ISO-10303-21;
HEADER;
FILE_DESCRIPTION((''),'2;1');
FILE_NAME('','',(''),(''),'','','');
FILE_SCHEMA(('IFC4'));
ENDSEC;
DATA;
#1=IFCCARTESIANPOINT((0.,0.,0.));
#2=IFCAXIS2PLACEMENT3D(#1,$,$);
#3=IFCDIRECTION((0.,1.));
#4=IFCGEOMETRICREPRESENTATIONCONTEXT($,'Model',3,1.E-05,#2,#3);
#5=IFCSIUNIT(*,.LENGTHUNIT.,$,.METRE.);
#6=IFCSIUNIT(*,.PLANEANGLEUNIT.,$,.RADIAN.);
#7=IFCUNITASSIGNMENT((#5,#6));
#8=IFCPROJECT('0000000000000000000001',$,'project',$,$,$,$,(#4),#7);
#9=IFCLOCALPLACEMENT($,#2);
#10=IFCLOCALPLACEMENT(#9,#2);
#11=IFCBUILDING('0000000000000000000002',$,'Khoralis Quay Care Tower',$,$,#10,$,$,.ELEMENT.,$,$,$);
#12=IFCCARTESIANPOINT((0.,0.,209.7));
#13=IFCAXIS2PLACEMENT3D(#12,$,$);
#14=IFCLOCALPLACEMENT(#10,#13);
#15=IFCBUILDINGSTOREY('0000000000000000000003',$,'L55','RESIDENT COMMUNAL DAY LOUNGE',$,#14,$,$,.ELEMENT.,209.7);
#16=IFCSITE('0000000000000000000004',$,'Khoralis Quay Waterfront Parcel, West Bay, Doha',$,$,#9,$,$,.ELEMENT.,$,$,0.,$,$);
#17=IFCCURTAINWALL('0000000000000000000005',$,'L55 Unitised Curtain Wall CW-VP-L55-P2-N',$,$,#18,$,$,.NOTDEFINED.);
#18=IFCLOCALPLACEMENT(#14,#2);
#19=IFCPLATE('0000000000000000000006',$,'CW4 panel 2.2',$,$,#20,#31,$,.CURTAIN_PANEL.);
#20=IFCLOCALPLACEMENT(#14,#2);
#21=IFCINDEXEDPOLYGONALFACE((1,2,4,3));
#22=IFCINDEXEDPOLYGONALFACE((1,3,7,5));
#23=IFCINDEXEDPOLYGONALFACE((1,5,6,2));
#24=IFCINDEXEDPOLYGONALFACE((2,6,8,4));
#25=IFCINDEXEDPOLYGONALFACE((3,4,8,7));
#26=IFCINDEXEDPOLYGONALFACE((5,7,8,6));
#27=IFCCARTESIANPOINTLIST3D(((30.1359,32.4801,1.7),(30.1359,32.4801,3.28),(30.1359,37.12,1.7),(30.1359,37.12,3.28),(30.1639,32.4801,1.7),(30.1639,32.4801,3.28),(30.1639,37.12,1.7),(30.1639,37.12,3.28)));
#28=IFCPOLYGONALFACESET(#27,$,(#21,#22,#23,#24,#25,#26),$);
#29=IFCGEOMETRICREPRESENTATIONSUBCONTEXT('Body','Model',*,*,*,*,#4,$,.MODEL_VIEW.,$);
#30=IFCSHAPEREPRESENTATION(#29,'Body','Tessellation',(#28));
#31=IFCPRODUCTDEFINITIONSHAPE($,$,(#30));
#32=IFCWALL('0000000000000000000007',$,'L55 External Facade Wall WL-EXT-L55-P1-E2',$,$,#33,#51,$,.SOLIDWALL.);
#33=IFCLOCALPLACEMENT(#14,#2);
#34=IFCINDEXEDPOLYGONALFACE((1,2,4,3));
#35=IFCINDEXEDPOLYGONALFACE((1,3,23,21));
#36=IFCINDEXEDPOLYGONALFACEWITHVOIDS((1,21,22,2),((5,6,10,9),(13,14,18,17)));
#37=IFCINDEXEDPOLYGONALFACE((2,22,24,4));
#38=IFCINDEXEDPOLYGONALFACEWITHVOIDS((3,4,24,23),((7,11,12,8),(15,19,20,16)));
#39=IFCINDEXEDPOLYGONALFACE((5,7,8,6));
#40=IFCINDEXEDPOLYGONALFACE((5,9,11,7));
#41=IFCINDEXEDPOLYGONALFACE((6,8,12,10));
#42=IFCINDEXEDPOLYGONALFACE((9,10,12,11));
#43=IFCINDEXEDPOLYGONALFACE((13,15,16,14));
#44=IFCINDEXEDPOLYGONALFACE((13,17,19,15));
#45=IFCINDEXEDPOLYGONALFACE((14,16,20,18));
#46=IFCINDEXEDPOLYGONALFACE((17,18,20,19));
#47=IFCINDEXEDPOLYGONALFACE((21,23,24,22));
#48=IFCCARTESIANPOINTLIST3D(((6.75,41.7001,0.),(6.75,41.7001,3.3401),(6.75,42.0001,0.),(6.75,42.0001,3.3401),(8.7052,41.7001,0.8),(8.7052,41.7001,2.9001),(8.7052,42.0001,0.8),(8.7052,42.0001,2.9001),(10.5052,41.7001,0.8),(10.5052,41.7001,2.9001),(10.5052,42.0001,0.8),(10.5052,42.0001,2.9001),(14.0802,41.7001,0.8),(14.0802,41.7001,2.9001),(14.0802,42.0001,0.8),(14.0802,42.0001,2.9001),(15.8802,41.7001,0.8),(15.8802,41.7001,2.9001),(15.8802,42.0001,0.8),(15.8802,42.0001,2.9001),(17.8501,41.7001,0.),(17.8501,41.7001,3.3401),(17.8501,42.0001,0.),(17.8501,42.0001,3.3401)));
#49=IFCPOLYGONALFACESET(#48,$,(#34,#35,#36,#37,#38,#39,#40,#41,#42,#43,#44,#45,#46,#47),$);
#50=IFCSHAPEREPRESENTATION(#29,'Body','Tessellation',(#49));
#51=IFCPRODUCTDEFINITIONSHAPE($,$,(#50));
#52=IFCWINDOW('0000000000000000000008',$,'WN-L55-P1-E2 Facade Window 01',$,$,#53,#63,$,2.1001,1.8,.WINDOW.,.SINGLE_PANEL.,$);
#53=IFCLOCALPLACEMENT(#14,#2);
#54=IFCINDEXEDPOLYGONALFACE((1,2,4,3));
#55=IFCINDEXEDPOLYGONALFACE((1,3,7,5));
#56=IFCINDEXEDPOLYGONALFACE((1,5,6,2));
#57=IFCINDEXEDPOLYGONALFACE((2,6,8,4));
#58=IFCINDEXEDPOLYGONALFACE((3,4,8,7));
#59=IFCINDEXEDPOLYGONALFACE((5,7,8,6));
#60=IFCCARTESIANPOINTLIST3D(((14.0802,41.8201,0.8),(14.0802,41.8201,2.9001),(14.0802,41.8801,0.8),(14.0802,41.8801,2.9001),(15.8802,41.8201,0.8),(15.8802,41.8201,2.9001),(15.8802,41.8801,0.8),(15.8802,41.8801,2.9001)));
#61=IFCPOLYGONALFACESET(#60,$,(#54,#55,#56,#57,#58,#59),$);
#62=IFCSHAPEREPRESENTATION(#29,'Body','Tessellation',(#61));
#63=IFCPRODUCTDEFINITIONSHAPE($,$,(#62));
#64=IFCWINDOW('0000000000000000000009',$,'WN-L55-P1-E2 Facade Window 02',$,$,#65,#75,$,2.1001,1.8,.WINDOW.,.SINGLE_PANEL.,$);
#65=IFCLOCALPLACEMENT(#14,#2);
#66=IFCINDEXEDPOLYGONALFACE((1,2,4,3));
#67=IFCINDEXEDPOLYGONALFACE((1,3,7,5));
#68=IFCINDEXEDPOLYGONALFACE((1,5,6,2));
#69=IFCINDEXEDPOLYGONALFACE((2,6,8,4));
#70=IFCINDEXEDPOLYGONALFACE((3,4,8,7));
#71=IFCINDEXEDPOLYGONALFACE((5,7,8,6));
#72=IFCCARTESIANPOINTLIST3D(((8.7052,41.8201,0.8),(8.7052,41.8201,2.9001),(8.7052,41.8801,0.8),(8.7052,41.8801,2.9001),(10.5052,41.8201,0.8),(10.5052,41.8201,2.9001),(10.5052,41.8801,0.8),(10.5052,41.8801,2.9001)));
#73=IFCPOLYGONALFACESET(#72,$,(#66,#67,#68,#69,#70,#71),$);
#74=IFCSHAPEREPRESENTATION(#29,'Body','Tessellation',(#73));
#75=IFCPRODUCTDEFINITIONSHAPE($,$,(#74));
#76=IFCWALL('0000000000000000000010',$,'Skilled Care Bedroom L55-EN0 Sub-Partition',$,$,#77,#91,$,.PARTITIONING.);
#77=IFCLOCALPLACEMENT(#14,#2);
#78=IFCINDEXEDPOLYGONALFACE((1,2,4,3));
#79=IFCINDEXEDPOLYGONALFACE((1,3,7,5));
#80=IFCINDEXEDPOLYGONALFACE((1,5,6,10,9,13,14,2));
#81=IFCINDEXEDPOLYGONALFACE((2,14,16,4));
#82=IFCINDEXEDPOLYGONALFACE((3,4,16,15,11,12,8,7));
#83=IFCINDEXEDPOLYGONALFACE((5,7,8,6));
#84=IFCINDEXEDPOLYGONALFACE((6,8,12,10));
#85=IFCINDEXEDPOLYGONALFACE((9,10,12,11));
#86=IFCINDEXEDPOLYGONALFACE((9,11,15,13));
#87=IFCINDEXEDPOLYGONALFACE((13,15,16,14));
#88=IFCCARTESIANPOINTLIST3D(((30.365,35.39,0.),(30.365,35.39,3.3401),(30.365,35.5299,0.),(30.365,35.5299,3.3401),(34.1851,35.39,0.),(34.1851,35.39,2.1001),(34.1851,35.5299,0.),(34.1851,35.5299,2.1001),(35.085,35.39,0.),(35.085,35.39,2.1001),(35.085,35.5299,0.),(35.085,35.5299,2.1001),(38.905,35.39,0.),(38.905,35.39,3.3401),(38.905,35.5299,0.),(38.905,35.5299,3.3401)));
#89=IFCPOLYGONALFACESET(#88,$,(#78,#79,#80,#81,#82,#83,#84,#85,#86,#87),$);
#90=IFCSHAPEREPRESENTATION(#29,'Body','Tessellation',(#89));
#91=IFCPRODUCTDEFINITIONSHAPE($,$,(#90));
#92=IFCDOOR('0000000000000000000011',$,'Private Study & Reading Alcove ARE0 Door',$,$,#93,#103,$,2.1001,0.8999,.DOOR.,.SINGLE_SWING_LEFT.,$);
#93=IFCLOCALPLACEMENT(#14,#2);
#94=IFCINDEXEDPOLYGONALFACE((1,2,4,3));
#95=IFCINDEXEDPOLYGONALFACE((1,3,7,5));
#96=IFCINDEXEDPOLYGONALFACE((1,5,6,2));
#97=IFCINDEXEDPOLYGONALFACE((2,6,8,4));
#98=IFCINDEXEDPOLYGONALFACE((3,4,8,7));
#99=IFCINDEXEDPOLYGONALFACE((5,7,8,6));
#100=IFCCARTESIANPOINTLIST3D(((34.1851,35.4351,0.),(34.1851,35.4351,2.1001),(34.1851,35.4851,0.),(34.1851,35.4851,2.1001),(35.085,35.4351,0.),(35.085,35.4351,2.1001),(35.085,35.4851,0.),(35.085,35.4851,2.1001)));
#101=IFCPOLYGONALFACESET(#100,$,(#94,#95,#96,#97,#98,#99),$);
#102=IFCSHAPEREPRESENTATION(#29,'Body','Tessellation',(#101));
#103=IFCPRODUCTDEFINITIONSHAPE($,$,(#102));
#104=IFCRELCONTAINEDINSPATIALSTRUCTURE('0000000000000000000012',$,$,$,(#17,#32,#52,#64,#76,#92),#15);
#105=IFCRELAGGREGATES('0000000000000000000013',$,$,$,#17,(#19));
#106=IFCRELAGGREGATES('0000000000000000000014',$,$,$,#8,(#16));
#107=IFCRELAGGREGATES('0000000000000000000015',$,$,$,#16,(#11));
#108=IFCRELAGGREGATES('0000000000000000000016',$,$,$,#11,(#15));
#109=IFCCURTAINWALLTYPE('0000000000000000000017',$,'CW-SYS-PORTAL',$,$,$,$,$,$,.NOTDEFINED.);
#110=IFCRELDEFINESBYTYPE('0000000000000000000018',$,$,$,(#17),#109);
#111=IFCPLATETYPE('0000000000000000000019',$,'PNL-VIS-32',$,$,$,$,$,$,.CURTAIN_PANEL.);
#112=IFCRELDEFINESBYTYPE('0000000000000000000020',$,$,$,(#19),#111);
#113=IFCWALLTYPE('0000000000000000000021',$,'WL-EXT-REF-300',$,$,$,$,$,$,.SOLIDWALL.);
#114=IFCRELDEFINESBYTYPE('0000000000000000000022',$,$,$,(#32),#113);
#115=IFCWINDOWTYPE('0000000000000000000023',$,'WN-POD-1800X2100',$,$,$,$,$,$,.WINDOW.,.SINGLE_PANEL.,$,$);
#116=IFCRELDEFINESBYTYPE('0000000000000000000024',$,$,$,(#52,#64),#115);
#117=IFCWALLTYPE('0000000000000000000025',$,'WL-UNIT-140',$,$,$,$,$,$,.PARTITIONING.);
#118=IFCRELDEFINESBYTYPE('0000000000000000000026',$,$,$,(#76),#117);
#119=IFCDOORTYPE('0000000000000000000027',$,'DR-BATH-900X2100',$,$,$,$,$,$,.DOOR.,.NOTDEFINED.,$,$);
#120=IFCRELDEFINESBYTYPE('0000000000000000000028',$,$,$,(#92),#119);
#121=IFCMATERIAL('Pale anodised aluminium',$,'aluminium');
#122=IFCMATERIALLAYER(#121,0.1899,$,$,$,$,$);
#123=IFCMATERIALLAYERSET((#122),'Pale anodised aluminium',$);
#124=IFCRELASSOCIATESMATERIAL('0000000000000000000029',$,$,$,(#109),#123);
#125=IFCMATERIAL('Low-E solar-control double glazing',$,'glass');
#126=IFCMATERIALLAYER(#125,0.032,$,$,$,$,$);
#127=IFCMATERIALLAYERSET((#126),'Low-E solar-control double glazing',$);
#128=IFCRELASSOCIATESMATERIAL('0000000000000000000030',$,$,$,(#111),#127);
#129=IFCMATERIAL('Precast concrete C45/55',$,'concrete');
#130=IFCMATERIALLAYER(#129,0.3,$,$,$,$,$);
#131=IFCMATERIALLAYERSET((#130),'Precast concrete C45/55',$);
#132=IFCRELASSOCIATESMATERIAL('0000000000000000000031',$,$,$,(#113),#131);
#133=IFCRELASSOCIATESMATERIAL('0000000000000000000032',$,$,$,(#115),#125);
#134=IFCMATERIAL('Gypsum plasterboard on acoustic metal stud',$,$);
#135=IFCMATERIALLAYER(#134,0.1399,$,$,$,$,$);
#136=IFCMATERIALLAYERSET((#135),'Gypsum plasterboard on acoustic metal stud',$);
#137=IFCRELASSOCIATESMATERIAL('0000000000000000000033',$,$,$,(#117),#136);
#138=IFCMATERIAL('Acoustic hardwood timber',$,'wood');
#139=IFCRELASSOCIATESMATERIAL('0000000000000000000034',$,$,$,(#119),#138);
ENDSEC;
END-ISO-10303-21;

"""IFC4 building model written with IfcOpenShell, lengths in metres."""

from ifc_helpers import new_model, si_unit, direction, frame, frame_2d, origin, origin_2d, place, context, subcontext, project, spatial, rectangle, extrude, source, transform, mapped, material, layer, layer_set, type_object, element, fill, aggregate, save


model = new_model("IFC4")

# Units and contexts
model_context = context("Model", 3, precision=1e-05, world=origin(), true_north=direction((0.0, 1.0)))
body_context = subcontext(model_context, "Body", "Model", "MODEL_VIEW")
ifc_project = project(units=[si_unit("LENGTHUNIT", "METRE"), si_unit("PLANEANGLEUNIT", "RADIAN")], contexts=[model_context])

# Site, building, storey
site_placement = place(None, origin())
site = spatial("IfcSite", under=ifc_project, at=site_placement, Name="Khoralis Quay Waterfront Parcel, West Bay, Doha", CompositionType="ELEMENT", RefElevation=0.0)
building_placement = place(site_placement, origin())
building = spatial("IfcBuilding", under=site, at=building_placement, Name="Khoralis Quay Care Tower", CompositionType="ELEMENT")
storey_placement = place(building_placement, frame((0.0, 0.0, 209.7)))
storey = spatial("IfcBuildingStorey", under=building, at=storey_placement, Name="L55", Description="RESIDENT COMMUNAL DAY LOUNGE", CompositionType="ELEMENT", Elevation=209.7)

# Curtain wall
ifc_material_1 = material(Name="Pale anodised aluminium", Category="aluminium")
ifc_layer_1 = layer(ifc_material_1, 0.1899)
ifc_layer_set_1 = layer_set([ifc_layer_1], Name="Pale anodised aluminium")
curtain_wall_type = type_object("IfcCurtainWallType", Name="CW-SYS-PORTAL", PredefinedType="NOTDEFINED", material=ifc_layer_set_1)
curtain_wall_1_placement = place(storey_placement, origin())
curtain_wall_1 = element("IfcCurtainWall", 1, at=curtain_wall_1_placement, inside=storey, type_object=curtain_wall_type, Name="L55 Unitised Curtain Wall CW-VP-L55-P2-N", PredefinedType="NOTDEFINED")

# Plate
ifc_material_2 = material(Name="Low-E solar-control double glazing", Category="glass")
ifc_layer_2 = layer(ifc_material_2, 0.032)
ifc_layer_set_2 = layer_set([ifc_layer_2], Name="Low-E solar-control double glazing")
plate_type = type_object("IfcPlateType", Name="PNL-VIS-32", PredefinedType="CURTAIN_PANEL", material=ifc_layer_set_2)
shared_shape_1 = source(origin(), body_context, "Body", "SweptSolid", [
    extrude(rectangle(XDim=4.6399, YDim=0.0281, at=origin_2d()), origin(), (0.0, 0.0, 1.0), 1.5801),
])
plate_1_placement = place(storey_placement, frame((30.1499, 34.8, 1.7), z_axis=(0.0, 0.0, 1.0), x_axis=(0.0, 1.0, 0.0)))
plate_1 = element("IfcPlate", 2, at=plate_1_placement, type_object=plate_type, Name="CW4 panel 2.2", PredefinedType="CURTAIN_PANEL", context=body_context, shape_type="MappedRepresentation", body=[
    mapped(shared_shape_1, transform((0.0, 0.0, 0.0), scale=1.0)),
])
aggregate(curtain_wall_1, [plate_1])

# Wall, openings, windows
ifc_material_3 = material(Name="Precast concrete C45/55", Category="concrete")
ifc_layer_3 = layer(ifc_material_3, 0.3)
ifc_layer_set_3 = layer_set([ifc_layer_3], Name="Precast concrete C45/55")
wall_type_1 = type_object("IfcWallType", Name="WL-EXT-REF-300", PredefinedType="SOLIDWALL", material=ifc_layer_set_3)
wall_1_placement = place(storey_placement, frame((17.8501, 41.8501, 0.0), z_axis=(0.0, 0.0, 1.0), x_axis=(-1.0, 0.0, 0.0)))
wall_1 = element("IfcWall", 3, at=wall_1_placement, inside=storey, type_object=wall_type_1, Name="L55 External Facade Wall WL-EXT-L55-P1-E2", PredefinedType="SOLIDWALL", context=body_context, shape_type="SweptSolid", body=[
    extrude(rectangle(XDim=11.1001, YDim=0.3, at=frame_2d((5.55, 0.0))), origin(), (0.0, 0.0, 1.0), 3.3401),
])
opening_1_placement = place(wall_1_placement, frame((1.97, 0.0, 0.8)))
opening_1 = element("IfcOpeningElement", 4, at=opening_1_placement, cuts=wall_1, PredefinedType="OPENING", context=body_context, shape_type="SweptSolid", body=[
    extrude(rectangle(XDim=1.8, YDim=2.1001, at=frame_2d((0.8999, 1.05))), frame((0.0, 0.1602, 0.0), z_axis=(0.0, -1.0, 0.0), x_axis=(1.0, 0.0, 0.0)), (0.0, 0.0, 1.0), 0.3201),
])
opening_2_placement = place(wall_1_placement, frame((7.345, 0.0, 0.8)))
opening_2 = element("IfcOpeningElement", 5, at=opening_2_placement, cuts=wall_1, PredefinedType="OPENING", context=body_context, shape_type="SweptSolid", body=[
    extrude(rectangle(XDim=1.8, YDim=2.1001, at=frame_2d((0.8999, 1.05))), frame((0.0, 0.1602, 0.0), z_axis=(0.0, -1.0, 0.0), x_axis=(1.0, 0.0, 0.0)), (0.0, 0.0, 1.0), 0.3201),
])
window_type = type_object("IfcWindowType", Name="WN-POD-1800X2100", PartitioningType="SINGLE_PANEL", PredefinedType="WINDOW", material=ifc_material_2)
shared_shape_2 = source(origin(), body_context, "Body", "SweptSolid", [
    extrude(rectangle(XDim=1.8, YDim=2.1001, at=frame_2d((0.8999, 1.05))), frame((0.0, 0.03, 0.0), z_axis=(0.0, -1.0, 0.0), x_axis=(1.0, 0.0, 0.0)), (0.0, 0.0, 1.0), 0.0601),
])
window_1_placement = place(opening_1_placement, origin())
window_1 = element("IfcWindow", 6, at=window_1_placement, inside=storey, type_object=window_type, Name="WN-L55-P1-E2 Facade Window 01", OverallHeight=2.1001, OverallWidth=1.8, PartitioningType="SINGLE_PANEL", PredefinedType="WINDOW", context=body_context, shape_type="MappedRepresentation", body=[
    mapped(shared_shape_2, transform((0.0, 0.0, 0.0), scale=1.0)),
])
fill(opening_1, window_1)
window_2_placement = place(opening_2_placement, origin())
window_2 = element("IfcWindow", 7, at=window_2_placement, inside=storey, type_object=window_type, Name="WN-L55-P1-E2 Facade Window 02", OverallHeight=2.1001, OverallWidth=1.8, PartitioningType="SINGLE_PANEL", PredefinedType="WINDOW", context=body_context, shape_type="MappedRepresentation", body=[
    mapped(shared_shape_2, transform((0.0, 0.0, 0.0), scale=1.0)),
])
fill(opening_2, window_2)

# Wall, opening, door
ifc_material_4 = material(Name="Gypsum plasterboard on acoustic metal stud")
ifc_layer_4 = layer(ifc_material_4, 0.1399)
ifc_layer_set_4 = layer_set([ifc_layer_4], Name="Gypsum plasterboard on acoustic metal stud")
wall_type_2 = type_object("IfcWallType", Name="WL-UNIT-140", PredefinedType="PARTITIONING", material=ifc_layer_set_4)
wall_2_placement = place(storey_placement, frame((30.365, 35.46, 0.0), z_axis=(0.0, 0.0, 1.0), x_axis=(1.0, 0.0, 0.0)))
wall_2 = element("IfcWall", 8, at=wall_2_placement, inside=storey, type_object=wall_type_2, Name="Skilled Care Bedroom L55-EN0 Sub-Partition", PredefinedType="PARTITIONING", context=body_context, shape_type="SweptSolid", body=[
    extrude(rectangle(XDim=8.54, YDim=0.1399, at=frame_2d((4.27, 0.0))), origin(), (0.0, 0.0, 1.0), 3.3401),
])
opening_3_placement = place(wall_2_placement, frame((3.8201, 0.0, 0.0)))
opening_3 = element("IfcOpeningElement", 9, at=opening_3_placement, cuts=wall_2, PredefinedType="OPENING", context=body_context, shape_type="SweptSolid", body=[
    extrude(rectangle(XDim=0.8999, YDim=2.1001, at=frame_2d((0.45, 1.05))), frame((0.0, 0.0801, 0.0), z_axis=(0.0, -1.0, 0.0), x_axis=(1.0, 0.0, 0.0)), (0.0, 0.0, 1.0), 0.1599),
])
ifc_material_5 = material(Name="Acoustic hardwood timber", Category="wood")
door_type = type_object("IfcDoorType", Name="DR-BATH-900X2100", OperationType="NOTDEFINED", PredefinedType="DOOR", material=ifc_material_5)
shared_shape_3 = source(origin(), body_context, "Body", "SweptSolid", [
    extrude(rectangle(XDim=0.8999, YDim=2.1001, at=frame_2d((0.45, 1.05))), frame((0.0, 0.0249, 0.0), z_axis=(0.0, -1.0, 0.0), x_axis=(1.0, 0.0, 0.0)), (0.0, 0.0, 1.0), 0.05),
])
door_placement = place(opening_3_placement, frame((0.8999, 0.0, 0.0), z_axis=(0.0, 0.0, 1.0), x_axis=(-1.0, 0.0, 0.0)))
door = element("IfcDoor", 10, at=door_placement, inside=storey, type_object=door_type, Name="Private Study & Reading Alcove ARE0 Door", OperationType="SINGLE_SWING_LEFT", OverallHeight=2.1001, OverallWidth=0.8999, PredefinedType="DOOR", context=body_context, shape_type="MappedRepresentation", body=[
    mapped(shared_shape_3, transform((0.0, 0.0, 0.0), scale=1.0)),
])
fill(opening_3, door)

save(model, "model.ifc")
